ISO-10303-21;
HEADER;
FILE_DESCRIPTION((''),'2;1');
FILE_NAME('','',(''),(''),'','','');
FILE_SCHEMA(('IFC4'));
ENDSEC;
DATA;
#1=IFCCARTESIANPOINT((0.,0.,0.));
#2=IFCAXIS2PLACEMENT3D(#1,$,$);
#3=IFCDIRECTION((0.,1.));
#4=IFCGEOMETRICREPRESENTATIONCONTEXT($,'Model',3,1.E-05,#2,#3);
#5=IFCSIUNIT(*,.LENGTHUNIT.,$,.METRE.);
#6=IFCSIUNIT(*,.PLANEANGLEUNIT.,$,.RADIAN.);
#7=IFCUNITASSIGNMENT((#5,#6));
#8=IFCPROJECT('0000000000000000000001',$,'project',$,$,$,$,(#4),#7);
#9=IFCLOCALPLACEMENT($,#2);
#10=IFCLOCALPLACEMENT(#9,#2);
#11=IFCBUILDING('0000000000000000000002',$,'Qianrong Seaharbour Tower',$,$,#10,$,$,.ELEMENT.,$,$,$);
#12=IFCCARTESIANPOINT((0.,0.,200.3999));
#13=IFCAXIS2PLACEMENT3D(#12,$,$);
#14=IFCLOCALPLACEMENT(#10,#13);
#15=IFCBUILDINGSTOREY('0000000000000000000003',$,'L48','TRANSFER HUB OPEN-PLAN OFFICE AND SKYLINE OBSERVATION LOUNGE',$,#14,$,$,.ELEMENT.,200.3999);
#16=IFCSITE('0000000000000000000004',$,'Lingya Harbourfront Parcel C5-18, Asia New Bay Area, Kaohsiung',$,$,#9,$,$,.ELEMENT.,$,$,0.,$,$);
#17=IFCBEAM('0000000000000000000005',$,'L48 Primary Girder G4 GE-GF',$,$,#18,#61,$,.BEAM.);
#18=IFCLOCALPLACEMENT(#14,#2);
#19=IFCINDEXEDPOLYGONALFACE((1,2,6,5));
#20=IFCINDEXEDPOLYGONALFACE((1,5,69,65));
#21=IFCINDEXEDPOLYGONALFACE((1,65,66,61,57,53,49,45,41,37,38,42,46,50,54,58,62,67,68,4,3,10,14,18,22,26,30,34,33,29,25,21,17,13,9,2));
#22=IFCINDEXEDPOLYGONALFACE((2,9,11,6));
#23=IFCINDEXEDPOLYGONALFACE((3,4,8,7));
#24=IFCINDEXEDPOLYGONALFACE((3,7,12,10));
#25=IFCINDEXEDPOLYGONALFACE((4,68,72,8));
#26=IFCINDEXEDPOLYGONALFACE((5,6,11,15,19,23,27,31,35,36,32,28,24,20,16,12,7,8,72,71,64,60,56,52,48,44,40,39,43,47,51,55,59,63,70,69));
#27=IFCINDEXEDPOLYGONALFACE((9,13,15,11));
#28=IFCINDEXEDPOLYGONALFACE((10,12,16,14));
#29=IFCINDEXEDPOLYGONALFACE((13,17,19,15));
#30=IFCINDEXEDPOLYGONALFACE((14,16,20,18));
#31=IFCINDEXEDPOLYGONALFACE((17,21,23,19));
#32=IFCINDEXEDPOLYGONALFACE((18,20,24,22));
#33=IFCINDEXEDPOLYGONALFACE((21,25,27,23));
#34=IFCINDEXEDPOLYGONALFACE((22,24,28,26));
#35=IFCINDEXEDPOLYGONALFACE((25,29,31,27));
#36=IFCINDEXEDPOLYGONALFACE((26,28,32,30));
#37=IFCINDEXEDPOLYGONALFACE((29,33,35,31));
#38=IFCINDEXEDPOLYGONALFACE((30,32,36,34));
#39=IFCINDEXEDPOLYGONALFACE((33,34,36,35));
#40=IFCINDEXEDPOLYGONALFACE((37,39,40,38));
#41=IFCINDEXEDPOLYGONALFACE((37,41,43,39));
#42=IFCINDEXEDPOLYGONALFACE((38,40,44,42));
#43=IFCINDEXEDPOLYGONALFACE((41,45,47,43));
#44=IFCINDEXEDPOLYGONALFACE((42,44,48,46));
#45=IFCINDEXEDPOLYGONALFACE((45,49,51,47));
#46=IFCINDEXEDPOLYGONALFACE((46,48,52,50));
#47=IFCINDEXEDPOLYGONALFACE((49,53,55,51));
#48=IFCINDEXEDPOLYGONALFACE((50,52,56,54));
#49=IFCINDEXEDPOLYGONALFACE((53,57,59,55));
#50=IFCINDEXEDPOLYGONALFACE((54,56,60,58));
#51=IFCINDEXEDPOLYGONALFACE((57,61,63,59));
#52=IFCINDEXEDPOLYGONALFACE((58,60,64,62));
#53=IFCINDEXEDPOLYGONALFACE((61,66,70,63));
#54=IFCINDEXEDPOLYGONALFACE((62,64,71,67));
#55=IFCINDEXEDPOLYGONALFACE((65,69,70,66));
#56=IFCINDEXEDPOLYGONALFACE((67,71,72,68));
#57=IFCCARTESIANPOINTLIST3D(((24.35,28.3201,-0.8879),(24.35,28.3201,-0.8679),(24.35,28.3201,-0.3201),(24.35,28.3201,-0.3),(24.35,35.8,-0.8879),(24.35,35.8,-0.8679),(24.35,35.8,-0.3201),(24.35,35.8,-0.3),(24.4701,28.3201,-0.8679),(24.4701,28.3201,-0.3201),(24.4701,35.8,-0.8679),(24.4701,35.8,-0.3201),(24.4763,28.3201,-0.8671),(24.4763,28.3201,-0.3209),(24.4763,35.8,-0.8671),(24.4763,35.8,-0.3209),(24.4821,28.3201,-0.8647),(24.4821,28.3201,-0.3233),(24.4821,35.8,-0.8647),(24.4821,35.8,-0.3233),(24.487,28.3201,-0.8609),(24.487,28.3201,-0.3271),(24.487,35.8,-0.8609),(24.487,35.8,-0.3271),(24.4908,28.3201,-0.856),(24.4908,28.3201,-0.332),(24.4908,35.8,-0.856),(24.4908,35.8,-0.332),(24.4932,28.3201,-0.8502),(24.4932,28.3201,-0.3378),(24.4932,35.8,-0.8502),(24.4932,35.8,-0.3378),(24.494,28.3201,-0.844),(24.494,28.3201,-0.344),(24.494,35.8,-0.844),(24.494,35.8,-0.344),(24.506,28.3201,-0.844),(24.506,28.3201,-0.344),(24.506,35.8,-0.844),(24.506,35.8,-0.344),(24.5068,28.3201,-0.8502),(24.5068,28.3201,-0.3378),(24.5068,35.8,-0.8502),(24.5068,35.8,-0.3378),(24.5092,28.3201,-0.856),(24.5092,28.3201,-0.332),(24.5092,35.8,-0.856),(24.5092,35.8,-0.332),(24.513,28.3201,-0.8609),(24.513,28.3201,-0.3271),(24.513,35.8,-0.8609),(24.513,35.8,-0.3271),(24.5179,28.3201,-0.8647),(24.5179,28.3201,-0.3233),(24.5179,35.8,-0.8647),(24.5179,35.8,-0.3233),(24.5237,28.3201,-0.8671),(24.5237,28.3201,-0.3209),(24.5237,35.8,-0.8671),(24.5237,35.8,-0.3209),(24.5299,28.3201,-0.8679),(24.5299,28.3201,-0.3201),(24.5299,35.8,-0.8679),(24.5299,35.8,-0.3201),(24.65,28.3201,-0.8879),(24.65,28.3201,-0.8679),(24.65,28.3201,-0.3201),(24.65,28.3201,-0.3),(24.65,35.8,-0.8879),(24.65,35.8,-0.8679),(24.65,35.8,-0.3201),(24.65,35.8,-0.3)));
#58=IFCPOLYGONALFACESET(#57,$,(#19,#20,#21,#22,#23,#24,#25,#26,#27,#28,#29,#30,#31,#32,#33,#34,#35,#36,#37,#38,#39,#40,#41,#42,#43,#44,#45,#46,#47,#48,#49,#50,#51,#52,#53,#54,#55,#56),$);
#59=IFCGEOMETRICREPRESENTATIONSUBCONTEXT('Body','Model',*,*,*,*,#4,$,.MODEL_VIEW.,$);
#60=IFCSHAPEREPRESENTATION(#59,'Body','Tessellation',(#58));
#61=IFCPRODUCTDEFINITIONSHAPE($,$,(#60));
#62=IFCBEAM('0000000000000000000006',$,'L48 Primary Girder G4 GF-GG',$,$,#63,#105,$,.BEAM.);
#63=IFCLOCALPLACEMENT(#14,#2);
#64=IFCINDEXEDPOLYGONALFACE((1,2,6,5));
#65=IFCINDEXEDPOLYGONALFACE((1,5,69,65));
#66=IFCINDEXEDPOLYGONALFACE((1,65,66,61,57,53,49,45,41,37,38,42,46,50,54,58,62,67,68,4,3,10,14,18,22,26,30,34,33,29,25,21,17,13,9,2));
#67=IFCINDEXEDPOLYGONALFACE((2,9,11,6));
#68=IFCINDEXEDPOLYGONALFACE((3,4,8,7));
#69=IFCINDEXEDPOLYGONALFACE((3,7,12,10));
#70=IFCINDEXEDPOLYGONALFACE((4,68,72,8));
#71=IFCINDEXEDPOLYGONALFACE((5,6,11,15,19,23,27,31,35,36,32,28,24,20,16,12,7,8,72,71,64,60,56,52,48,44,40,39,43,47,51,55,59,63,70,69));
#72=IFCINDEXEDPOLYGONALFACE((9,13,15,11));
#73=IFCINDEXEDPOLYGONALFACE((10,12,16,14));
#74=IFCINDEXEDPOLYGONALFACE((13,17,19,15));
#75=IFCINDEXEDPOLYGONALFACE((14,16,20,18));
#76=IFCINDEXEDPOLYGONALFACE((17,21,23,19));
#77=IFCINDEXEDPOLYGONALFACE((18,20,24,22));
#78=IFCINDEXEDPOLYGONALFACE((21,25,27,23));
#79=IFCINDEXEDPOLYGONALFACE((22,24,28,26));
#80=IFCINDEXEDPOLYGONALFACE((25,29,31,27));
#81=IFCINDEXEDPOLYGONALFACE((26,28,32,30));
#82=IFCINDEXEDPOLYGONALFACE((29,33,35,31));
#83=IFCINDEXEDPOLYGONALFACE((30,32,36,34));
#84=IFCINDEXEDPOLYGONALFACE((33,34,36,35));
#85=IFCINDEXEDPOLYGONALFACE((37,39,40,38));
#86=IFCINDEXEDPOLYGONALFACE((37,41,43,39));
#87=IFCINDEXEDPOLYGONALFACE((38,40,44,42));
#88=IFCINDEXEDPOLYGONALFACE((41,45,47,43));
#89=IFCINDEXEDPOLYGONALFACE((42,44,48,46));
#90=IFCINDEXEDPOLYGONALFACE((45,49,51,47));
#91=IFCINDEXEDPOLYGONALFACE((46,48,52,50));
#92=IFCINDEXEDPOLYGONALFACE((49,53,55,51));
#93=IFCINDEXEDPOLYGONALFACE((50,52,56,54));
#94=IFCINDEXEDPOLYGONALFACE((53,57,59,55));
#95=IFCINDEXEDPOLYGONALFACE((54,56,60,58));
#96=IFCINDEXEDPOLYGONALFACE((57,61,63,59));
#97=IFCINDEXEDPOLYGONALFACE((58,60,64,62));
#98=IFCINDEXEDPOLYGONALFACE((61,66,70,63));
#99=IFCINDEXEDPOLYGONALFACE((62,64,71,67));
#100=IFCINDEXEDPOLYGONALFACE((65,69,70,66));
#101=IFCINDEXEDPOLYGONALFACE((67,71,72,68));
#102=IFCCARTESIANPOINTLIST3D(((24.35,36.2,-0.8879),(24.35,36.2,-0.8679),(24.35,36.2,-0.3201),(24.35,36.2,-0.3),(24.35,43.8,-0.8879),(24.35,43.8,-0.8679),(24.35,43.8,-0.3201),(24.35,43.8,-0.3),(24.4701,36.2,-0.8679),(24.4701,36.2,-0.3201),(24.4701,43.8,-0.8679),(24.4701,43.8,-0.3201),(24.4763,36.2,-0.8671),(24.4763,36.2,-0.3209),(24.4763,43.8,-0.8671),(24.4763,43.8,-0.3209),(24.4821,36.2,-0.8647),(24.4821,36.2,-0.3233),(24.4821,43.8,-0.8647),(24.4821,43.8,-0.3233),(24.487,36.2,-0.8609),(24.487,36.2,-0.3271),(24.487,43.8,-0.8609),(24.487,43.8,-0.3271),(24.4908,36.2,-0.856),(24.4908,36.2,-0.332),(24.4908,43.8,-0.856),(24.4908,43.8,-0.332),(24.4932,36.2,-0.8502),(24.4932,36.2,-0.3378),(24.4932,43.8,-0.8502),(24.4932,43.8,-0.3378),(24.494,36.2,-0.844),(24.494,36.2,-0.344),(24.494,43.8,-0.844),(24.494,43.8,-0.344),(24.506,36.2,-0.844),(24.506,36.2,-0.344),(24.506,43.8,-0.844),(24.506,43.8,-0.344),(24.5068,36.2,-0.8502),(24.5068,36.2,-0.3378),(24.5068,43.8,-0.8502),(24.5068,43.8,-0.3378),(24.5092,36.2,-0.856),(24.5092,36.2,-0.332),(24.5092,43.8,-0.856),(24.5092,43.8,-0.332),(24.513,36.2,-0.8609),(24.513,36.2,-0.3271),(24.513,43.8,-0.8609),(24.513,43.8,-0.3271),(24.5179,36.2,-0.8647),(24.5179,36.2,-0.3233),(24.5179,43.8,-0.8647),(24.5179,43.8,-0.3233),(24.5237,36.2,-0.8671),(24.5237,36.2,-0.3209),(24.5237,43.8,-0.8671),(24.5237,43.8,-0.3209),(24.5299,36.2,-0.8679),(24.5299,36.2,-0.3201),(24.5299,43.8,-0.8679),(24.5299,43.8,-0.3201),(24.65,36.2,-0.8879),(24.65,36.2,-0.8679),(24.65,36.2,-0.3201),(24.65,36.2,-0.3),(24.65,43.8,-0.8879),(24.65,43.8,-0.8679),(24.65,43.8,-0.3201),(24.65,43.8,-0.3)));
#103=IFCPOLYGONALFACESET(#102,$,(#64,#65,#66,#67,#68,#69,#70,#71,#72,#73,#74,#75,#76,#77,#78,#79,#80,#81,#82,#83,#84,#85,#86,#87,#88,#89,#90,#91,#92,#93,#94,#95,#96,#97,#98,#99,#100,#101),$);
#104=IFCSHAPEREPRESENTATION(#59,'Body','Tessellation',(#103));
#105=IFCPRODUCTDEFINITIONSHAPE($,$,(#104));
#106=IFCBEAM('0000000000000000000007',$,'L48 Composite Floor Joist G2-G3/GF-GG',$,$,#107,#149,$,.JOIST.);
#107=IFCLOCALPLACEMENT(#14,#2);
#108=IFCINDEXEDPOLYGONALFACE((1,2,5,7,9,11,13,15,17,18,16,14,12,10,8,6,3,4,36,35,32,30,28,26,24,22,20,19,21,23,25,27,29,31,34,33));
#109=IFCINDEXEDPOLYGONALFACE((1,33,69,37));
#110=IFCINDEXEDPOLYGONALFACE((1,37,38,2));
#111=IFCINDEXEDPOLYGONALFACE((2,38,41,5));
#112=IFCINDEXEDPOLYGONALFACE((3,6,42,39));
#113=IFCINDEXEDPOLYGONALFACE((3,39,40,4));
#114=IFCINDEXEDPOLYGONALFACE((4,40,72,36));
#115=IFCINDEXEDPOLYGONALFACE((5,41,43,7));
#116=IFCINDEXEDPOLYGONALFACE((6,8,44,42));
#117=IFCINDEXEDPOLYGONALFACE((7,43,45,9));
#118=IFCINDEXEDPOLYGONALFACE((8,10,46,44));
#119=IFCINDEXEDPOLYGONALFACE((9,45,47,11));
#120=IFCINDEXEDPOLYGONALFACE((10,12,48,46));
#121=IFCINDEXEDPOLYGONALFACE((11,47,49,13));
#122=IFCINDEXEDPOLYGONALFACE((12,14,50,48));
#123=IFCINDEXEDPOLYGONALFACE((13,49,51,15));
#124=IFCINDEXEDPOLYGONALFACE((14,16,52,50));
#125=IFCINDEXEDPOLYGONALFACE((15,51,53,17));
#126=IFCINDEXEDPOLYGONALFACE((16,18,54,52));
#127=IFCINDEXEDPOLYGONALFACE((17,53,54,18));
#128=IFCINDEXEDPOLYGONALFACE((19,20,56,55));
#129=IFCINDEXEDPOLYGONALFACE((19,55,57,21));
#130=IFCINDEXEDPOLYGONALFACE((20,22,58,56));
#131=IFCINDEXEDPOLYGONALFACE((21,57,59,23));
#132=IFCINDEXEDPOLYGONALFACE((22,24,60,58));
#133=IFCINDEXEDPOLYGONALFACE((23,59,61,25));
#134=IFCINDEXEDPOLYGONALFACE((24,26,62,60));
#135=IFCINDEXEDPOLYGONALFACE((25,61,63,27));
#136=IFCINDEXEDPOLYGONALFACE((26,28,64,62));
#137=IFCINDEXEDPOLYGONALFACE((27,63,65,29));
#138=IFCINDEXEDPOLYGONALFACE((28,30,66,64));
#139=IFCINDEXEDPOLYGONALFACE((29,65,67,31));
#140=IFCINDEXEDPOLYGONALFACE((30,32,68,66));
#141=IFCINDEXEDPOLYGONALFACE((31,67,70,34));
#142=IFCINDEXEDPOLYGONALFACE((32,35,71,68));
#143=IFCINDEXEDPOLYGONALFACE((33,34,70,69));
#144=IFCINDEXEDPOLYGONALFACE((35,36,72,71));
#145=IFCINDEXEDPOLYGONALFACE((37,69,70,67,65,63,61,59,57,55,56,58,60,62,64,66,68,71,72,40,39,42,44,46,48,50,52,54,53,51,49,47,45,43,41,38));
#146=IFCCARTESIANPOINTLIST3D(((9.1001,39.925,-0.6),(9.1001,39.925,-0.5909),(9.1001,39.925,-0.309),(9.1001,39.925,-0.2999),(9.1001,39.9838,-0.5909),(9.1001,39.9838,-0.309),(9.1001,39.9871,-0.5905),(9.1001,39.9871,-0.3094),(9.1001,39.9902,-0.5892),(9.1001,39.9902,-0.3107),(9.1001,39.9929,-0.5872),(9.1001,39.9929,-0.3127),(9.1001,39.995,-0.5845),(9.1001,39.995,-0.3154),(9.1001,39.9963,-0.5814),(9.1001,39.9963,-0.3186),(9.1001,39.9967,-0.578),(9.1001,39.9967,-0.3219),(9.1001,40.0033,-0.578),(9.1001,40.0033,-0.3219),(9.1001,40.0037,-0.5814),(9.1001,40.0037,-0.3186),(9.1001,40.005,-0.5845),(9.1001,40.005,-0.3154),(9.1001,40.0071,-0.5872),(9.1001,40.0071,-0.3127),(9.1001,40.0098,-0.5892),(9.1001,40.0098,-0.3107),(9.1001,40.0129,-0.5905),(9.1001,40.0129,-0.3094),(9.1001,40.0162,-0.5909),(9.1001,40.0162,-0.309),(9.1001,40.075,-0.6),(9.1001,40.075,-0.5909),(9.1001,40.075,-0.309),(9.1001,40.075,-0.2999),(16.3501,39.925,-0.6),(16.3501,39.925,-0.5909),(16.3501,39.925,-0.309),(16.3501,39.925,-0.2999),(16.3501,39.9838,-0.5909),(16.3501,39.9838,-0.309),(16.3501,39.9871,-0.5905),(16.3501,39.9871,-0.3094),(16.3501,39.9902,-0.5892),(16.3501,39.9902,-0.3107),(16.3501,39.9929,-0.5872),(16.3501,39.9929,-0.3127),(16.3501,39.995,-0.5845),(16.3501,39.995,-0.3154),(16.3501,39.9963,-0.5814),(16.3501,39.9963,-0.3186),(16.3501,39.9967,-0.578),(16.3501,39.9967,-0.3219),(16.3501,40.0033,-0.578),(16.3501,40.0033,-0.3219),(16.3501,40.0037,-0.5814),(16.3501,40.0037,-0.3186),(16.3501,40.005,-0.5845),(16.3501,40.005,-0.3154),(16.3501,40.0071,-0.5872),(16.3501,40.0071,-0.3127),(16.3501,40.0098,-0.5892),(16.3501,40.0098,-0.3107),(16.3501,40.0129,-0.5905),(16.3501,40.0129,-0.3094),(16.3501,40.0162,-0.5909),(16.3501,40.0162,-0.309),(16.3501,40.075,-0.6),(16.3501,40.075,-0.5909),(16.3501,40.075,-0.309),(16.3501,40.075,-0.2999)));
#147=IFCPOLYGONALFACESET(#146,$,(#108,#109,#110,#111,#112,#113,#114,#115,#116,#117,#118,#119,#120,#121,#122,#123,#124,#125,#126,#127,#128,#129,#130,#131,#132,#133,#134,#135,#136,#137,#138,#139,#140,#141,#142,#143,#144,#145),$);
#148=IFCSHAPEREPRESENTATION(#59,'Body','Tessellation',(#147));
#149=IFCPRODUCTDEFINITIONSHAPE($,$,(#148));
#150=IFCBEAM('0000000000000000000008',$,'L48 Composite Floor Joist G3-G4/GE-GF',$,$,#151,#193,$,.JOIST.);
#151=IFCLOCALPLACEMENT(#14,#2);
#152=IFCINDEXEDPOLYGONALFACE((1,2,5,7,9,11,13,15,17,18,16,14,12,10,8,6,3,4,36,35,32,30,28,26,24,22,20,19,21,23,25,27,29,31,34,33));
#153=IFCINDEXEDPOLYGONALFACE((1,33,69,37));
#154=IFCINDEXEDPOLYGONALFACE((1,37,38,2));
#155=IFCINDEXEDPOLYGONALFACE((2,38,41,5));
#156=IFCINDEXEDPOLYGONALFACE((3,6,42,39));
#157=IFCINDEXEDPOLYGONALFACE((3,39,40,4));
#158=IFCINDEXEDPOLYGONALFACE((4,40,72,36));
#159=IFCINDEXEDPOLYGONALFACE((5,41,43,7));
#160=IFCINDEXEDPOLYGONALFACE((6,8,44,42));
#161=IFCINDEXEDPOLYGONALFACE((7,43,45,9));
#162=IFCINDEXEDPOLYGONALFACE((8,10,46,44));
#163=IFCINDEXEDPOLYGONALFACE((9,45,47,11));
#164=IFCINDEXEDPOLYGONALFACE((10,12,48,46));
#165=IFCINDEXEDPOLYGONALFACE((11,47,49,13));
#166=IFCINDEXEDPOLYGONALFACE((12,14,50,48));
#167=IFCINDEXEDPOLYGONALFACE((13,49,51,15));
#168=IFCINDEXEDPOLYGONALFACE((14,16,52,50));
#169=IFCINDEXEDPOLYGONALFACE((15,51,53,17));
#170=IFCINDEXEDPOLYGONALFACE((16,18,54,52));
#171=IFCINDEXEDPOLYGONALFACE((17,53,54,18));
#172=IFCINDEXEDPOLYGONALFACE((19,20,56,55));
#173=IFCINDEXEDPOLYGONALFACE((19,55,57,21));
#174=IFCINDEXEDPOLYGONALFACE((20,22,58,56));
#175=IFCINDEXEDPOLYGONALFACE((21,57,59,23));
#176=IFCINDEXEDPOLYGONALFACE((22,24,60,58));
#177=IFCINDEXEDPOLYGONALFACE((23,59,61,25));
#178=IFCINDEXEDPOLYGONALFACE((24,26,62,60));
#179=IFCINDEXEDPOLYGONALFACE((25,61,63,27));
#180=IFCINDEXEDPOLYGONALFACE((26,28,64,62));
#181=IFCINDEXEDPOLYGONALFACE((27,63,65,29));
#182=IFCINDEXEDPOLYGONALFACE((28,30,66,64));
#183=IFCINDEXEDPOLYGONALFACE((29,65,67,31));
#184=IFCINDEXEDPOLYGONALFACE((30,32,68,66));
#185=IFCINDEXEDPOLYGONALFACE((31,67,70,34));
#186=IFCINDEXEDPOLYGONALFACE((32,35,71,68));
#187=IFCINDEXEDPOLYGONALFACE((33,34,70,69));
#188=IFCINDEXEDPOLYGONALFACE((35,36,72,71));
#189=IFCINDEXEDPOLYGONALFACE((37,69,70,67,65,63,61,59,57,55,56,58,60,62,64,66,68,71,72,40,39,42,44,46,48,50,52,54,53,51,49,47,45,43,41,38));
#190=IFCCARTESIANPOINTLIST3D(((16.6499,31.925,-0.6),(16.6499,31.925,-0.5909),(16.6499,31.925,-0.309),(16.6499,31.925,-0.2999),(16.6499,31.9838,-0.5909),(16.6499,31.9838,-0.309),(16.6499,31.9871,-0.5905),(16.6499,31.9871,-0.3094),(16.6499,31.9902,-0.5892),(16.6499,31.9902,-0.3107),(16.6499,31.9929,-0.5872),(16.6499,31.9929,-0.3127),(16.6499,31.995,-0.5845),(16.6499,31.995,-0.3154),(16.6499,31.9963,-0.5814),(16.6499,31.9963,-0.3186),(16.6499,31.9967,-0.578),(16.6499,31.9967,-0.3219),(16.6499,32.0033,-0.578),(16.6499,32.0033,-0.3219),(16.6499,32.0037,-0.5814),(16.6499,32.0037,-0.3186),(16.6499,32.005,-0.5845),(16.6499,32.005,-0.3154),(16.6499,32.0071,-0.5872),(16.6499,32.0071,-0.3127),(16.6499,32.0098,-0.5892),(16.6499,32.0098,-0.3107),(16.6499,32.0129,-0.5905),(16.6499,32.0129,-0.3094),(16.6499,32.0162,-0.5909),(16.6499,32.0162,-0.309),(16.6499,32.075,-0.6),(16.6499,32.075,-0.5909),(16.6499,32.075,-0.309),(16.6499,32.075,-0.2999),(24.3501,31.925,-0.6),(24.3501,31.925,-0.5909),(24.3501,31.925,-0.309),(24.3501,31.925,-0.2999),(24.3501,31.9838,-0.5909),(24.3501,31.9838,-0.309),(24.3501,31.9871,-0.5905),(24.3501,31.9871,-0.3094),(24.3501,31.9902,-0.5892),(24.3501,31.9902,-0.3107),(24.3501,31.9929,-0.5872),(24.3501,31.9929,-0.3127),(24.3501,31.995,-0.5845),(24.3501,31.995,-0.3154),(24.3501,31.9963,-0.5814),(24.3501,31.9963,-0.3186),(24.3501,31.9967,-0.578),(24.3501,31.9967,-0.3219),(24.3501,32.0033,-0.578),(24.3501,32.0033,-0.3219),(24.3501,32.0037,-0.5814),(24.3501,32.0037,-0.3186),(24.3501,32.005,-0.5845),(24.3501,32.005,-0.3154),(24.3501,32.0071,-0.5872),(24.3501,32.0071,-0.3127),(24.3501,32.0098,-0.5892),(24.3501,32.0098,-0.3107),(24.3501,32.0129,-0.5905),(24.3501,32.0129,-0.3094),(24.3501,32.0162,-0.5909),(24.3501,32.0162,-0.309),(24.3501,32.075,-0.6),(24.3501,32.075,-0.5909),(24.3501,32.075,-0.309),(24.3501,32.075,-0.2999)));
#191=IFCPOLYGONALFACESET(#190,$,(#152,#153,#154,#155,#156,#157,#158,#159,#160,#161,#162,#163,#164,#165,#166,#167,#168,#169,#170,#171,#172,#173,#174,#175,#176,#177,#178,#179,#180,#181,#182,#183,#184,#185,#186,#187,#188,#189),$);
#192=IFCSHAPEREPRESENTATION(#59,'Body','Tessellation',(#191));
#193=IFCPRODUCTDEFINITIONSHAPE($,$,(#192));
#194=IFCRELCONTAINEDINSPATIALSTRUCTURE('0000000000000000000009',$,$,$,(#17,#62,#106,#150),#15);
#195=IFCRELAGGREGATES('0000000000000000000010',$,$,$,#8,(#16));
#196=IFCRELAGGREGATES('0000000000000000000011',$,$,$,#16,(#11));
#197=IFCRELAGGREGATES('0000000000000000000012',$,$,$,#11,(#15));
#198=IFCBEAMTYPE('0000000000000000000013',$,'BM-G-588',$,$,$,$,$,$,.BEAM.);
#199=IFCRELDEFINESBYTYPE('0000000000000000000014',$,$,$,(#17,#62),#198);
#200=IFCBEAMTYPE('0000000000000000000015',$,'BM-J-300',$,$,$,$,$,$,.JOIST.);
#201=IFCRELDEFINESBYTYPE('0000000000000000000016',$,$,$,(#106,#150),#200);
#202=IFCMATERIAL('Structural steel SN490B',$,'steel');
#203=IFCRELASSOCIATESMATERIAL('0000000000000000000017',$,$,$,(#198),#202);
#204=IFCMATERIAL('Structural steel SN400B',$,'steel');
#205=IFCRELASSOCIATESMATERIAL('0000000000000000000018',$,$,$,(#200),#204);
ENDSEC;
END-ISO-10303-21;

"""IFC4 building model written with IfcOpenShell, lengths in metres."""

from ifc_helpers import new_model, si_unit, direction, frame, origin, origin_2d, place, context, subcontext, project, spatial, i_section, extrude, material, material_profile, profile_set, type_object, element, save


model = new_model("IFC4")

# Units and contexts
model_context = context("Model", 3, precision=1e-05, world=origin(), true_north=direction((0.0, 1.0)))
body_context = subcontext(model_context, "Body", "Model", "MODEL_VIEW")
ifc_project = project(units=[si_unit("LENGTHUNIT", "METRE"), si_unit("PLANEANGLEUNIT", "RADIAN")], contexts=[model_context])

# Site, building, storey
site_placement = place(None, origin())
site = spatial("IfcSite", under=ifc_project, at=site_placement, Name="Lingya Harbourfront Parcel C5-18, Asia New Bay Area, Kaohsiung", CompositionType="ELEMENT", RefElevation=0.0)
building_placement = place(site_placement, origin())
building = spatial("IfcBuilding", under=site, at=building_placement, Name="Qianrong Seaharbour Tower", CompositionType="ELEMENT")
storey_placement = place(building_placement, frame((0.0, 0.0, 200.3999)))
storey = spatial("IfcBuildingStorey", under=building, at=storey_placement, Name="L48", Description="TRANSFER HUB OPEN-PLAN OFFICE AND SKYLINE OBSERVATION LOUNGE", CompositionType="ELEMENT", Elevation=200.3999)

# Shared definitions
ifc_material_1 = material(Name="Structural steel SN490B", Category="steel")

# Beams
ifc_material_profile_1 = material_profile(ifc_material_1, i_section(OverallWidth=0.3, OverallDepth=0.5879, WebThickness=0.012, FlangeThickness=0.02, FilletRadius=0.0239, at=origin_2d()), Name="H588x300x12x20")
ifc_profile_set_1 = profile_set([ifc_material_profile_1], Name="Structural steel SN490B")
beam_type_1 = type_object("IfcBeamType", Name="BM-G-588", PredefinedType="BEAM", material=ifc_profile_set_1)
beam_1_placement = place(storey_placement, frame((24.5, 28.3201, -0.594), z_axis=(0.0, 1.0, 0.0), x_axis=(-1.0, 0.0, 0.0)))
element("IfcBeam", 1, at=beam_1_placement, inside=storey, type_object=beam_type_1, Name="L48 Primary Girder G4 GE-GF", PredefinedType="BEAM", context=body_context, shape_type="SweptSolid", body=[
    extrude(i_section(OverallWidth=0.3, OverallDepth=0.5879, WebThickness=0.012, FlangeThickness=0.02, FilletRadius=0.0239, at=origin_2d()), origin(), (0.0, 0.0, 1.0), 7.48),
])
beam_2_placement = place(storey_placement, frame((24.5, 36.2, -0.594), z_axis=(0.0, 1.0, 0.0), x_axis=(-1.0, 0.0, 0.0)))
element("IfcBeam", 2, at=beam_2_placement, inside=storey, type_object=beam_type_1, Name="L48 Primary Girder G4 GF-GG", PredefinedType="BEAM", context=body_context, shape_type="SweptSolid", body=[
    extrude(i_section(OverallWidth=0.3, OverallDepth=0.5879, WebThickness=0.012, FlangeThickness=0.02, FilletRadius=0.0239, at=origin_2d()), origin(), (0.0, 0.0, 1.0), 7.6001),
])
ifc_material_2 = material(Name="Structural steel SN400B", Category="steel")
ifc_material_profile_2 = material_profile(ifc_material_2, i_section(OverallWidth=0.1499, OverallDepth=0.3, WebThickness=0.0066, FlangeThickness=0.009, FilletRadius=0.0129, at=origin_2d()), Name="H300x150x6.5x9")
ifc_profile_set_2 = profile_set([ifc_material_profile_2], Name="Structural steel SN400B")
beam_type_2 = type_object("IfcBeamType", Name="BM-J-300", PredefinedType="JOIST", material=ifc_profile_set_2)
beam_3_placement = place(storey_placement, frame((9.1001, 40.0, -0.45), z_axis=(1.0, 0.0, 0.0), x_axis=(0.0, 1.0, 0.0)))
element("IfcBeam", 3, at=beam_3_placement, inside=storey, type_object=beam_type_2, Name="L48 Composite Floor Joist G2-G3/GF-GG", PredefinedType="JOIST", context=body_context, shape_type="SweptSolid", body=[
    extrude(i_section(OverallWidth=0.1499, OverallDepth=0.3, WebThickness=0.0066, FlangeThickness=0.009, FilletRadius=0.0129, at=origin_2d()), origin(), (0.0, 0.0, 1.0), 7.25),
])
for number, where, z_axis, x_axis, name in (
    (4, (16.6499, 32.0, -0.45), (1.0, 0.0, 0.0), (0.0, 1.0, 0.0), "L48 Composite Floor Joist G3-G4/GE-GF"),
):
    element("IfcBeam", number, at=place(storey_placement, frame(where, z_axis=z_axis, x_axis=x_axis)), inside=storey, type_object=beam_type_2, Name=name, PredefinedType="JOIST", context=body_context, shape_type="SweptSolid", body=[
        extrude(i_section(OverallWidth=0.1499, OverallDepth=0.3, WebThickness=0.0066, FlangeThickness=0.009, FilletRadius=0.0129, at=origin_2d()), origin(), (0.0, 0.0, 1.0), 7.7002),
    ])

save(model, "model.ifc")
